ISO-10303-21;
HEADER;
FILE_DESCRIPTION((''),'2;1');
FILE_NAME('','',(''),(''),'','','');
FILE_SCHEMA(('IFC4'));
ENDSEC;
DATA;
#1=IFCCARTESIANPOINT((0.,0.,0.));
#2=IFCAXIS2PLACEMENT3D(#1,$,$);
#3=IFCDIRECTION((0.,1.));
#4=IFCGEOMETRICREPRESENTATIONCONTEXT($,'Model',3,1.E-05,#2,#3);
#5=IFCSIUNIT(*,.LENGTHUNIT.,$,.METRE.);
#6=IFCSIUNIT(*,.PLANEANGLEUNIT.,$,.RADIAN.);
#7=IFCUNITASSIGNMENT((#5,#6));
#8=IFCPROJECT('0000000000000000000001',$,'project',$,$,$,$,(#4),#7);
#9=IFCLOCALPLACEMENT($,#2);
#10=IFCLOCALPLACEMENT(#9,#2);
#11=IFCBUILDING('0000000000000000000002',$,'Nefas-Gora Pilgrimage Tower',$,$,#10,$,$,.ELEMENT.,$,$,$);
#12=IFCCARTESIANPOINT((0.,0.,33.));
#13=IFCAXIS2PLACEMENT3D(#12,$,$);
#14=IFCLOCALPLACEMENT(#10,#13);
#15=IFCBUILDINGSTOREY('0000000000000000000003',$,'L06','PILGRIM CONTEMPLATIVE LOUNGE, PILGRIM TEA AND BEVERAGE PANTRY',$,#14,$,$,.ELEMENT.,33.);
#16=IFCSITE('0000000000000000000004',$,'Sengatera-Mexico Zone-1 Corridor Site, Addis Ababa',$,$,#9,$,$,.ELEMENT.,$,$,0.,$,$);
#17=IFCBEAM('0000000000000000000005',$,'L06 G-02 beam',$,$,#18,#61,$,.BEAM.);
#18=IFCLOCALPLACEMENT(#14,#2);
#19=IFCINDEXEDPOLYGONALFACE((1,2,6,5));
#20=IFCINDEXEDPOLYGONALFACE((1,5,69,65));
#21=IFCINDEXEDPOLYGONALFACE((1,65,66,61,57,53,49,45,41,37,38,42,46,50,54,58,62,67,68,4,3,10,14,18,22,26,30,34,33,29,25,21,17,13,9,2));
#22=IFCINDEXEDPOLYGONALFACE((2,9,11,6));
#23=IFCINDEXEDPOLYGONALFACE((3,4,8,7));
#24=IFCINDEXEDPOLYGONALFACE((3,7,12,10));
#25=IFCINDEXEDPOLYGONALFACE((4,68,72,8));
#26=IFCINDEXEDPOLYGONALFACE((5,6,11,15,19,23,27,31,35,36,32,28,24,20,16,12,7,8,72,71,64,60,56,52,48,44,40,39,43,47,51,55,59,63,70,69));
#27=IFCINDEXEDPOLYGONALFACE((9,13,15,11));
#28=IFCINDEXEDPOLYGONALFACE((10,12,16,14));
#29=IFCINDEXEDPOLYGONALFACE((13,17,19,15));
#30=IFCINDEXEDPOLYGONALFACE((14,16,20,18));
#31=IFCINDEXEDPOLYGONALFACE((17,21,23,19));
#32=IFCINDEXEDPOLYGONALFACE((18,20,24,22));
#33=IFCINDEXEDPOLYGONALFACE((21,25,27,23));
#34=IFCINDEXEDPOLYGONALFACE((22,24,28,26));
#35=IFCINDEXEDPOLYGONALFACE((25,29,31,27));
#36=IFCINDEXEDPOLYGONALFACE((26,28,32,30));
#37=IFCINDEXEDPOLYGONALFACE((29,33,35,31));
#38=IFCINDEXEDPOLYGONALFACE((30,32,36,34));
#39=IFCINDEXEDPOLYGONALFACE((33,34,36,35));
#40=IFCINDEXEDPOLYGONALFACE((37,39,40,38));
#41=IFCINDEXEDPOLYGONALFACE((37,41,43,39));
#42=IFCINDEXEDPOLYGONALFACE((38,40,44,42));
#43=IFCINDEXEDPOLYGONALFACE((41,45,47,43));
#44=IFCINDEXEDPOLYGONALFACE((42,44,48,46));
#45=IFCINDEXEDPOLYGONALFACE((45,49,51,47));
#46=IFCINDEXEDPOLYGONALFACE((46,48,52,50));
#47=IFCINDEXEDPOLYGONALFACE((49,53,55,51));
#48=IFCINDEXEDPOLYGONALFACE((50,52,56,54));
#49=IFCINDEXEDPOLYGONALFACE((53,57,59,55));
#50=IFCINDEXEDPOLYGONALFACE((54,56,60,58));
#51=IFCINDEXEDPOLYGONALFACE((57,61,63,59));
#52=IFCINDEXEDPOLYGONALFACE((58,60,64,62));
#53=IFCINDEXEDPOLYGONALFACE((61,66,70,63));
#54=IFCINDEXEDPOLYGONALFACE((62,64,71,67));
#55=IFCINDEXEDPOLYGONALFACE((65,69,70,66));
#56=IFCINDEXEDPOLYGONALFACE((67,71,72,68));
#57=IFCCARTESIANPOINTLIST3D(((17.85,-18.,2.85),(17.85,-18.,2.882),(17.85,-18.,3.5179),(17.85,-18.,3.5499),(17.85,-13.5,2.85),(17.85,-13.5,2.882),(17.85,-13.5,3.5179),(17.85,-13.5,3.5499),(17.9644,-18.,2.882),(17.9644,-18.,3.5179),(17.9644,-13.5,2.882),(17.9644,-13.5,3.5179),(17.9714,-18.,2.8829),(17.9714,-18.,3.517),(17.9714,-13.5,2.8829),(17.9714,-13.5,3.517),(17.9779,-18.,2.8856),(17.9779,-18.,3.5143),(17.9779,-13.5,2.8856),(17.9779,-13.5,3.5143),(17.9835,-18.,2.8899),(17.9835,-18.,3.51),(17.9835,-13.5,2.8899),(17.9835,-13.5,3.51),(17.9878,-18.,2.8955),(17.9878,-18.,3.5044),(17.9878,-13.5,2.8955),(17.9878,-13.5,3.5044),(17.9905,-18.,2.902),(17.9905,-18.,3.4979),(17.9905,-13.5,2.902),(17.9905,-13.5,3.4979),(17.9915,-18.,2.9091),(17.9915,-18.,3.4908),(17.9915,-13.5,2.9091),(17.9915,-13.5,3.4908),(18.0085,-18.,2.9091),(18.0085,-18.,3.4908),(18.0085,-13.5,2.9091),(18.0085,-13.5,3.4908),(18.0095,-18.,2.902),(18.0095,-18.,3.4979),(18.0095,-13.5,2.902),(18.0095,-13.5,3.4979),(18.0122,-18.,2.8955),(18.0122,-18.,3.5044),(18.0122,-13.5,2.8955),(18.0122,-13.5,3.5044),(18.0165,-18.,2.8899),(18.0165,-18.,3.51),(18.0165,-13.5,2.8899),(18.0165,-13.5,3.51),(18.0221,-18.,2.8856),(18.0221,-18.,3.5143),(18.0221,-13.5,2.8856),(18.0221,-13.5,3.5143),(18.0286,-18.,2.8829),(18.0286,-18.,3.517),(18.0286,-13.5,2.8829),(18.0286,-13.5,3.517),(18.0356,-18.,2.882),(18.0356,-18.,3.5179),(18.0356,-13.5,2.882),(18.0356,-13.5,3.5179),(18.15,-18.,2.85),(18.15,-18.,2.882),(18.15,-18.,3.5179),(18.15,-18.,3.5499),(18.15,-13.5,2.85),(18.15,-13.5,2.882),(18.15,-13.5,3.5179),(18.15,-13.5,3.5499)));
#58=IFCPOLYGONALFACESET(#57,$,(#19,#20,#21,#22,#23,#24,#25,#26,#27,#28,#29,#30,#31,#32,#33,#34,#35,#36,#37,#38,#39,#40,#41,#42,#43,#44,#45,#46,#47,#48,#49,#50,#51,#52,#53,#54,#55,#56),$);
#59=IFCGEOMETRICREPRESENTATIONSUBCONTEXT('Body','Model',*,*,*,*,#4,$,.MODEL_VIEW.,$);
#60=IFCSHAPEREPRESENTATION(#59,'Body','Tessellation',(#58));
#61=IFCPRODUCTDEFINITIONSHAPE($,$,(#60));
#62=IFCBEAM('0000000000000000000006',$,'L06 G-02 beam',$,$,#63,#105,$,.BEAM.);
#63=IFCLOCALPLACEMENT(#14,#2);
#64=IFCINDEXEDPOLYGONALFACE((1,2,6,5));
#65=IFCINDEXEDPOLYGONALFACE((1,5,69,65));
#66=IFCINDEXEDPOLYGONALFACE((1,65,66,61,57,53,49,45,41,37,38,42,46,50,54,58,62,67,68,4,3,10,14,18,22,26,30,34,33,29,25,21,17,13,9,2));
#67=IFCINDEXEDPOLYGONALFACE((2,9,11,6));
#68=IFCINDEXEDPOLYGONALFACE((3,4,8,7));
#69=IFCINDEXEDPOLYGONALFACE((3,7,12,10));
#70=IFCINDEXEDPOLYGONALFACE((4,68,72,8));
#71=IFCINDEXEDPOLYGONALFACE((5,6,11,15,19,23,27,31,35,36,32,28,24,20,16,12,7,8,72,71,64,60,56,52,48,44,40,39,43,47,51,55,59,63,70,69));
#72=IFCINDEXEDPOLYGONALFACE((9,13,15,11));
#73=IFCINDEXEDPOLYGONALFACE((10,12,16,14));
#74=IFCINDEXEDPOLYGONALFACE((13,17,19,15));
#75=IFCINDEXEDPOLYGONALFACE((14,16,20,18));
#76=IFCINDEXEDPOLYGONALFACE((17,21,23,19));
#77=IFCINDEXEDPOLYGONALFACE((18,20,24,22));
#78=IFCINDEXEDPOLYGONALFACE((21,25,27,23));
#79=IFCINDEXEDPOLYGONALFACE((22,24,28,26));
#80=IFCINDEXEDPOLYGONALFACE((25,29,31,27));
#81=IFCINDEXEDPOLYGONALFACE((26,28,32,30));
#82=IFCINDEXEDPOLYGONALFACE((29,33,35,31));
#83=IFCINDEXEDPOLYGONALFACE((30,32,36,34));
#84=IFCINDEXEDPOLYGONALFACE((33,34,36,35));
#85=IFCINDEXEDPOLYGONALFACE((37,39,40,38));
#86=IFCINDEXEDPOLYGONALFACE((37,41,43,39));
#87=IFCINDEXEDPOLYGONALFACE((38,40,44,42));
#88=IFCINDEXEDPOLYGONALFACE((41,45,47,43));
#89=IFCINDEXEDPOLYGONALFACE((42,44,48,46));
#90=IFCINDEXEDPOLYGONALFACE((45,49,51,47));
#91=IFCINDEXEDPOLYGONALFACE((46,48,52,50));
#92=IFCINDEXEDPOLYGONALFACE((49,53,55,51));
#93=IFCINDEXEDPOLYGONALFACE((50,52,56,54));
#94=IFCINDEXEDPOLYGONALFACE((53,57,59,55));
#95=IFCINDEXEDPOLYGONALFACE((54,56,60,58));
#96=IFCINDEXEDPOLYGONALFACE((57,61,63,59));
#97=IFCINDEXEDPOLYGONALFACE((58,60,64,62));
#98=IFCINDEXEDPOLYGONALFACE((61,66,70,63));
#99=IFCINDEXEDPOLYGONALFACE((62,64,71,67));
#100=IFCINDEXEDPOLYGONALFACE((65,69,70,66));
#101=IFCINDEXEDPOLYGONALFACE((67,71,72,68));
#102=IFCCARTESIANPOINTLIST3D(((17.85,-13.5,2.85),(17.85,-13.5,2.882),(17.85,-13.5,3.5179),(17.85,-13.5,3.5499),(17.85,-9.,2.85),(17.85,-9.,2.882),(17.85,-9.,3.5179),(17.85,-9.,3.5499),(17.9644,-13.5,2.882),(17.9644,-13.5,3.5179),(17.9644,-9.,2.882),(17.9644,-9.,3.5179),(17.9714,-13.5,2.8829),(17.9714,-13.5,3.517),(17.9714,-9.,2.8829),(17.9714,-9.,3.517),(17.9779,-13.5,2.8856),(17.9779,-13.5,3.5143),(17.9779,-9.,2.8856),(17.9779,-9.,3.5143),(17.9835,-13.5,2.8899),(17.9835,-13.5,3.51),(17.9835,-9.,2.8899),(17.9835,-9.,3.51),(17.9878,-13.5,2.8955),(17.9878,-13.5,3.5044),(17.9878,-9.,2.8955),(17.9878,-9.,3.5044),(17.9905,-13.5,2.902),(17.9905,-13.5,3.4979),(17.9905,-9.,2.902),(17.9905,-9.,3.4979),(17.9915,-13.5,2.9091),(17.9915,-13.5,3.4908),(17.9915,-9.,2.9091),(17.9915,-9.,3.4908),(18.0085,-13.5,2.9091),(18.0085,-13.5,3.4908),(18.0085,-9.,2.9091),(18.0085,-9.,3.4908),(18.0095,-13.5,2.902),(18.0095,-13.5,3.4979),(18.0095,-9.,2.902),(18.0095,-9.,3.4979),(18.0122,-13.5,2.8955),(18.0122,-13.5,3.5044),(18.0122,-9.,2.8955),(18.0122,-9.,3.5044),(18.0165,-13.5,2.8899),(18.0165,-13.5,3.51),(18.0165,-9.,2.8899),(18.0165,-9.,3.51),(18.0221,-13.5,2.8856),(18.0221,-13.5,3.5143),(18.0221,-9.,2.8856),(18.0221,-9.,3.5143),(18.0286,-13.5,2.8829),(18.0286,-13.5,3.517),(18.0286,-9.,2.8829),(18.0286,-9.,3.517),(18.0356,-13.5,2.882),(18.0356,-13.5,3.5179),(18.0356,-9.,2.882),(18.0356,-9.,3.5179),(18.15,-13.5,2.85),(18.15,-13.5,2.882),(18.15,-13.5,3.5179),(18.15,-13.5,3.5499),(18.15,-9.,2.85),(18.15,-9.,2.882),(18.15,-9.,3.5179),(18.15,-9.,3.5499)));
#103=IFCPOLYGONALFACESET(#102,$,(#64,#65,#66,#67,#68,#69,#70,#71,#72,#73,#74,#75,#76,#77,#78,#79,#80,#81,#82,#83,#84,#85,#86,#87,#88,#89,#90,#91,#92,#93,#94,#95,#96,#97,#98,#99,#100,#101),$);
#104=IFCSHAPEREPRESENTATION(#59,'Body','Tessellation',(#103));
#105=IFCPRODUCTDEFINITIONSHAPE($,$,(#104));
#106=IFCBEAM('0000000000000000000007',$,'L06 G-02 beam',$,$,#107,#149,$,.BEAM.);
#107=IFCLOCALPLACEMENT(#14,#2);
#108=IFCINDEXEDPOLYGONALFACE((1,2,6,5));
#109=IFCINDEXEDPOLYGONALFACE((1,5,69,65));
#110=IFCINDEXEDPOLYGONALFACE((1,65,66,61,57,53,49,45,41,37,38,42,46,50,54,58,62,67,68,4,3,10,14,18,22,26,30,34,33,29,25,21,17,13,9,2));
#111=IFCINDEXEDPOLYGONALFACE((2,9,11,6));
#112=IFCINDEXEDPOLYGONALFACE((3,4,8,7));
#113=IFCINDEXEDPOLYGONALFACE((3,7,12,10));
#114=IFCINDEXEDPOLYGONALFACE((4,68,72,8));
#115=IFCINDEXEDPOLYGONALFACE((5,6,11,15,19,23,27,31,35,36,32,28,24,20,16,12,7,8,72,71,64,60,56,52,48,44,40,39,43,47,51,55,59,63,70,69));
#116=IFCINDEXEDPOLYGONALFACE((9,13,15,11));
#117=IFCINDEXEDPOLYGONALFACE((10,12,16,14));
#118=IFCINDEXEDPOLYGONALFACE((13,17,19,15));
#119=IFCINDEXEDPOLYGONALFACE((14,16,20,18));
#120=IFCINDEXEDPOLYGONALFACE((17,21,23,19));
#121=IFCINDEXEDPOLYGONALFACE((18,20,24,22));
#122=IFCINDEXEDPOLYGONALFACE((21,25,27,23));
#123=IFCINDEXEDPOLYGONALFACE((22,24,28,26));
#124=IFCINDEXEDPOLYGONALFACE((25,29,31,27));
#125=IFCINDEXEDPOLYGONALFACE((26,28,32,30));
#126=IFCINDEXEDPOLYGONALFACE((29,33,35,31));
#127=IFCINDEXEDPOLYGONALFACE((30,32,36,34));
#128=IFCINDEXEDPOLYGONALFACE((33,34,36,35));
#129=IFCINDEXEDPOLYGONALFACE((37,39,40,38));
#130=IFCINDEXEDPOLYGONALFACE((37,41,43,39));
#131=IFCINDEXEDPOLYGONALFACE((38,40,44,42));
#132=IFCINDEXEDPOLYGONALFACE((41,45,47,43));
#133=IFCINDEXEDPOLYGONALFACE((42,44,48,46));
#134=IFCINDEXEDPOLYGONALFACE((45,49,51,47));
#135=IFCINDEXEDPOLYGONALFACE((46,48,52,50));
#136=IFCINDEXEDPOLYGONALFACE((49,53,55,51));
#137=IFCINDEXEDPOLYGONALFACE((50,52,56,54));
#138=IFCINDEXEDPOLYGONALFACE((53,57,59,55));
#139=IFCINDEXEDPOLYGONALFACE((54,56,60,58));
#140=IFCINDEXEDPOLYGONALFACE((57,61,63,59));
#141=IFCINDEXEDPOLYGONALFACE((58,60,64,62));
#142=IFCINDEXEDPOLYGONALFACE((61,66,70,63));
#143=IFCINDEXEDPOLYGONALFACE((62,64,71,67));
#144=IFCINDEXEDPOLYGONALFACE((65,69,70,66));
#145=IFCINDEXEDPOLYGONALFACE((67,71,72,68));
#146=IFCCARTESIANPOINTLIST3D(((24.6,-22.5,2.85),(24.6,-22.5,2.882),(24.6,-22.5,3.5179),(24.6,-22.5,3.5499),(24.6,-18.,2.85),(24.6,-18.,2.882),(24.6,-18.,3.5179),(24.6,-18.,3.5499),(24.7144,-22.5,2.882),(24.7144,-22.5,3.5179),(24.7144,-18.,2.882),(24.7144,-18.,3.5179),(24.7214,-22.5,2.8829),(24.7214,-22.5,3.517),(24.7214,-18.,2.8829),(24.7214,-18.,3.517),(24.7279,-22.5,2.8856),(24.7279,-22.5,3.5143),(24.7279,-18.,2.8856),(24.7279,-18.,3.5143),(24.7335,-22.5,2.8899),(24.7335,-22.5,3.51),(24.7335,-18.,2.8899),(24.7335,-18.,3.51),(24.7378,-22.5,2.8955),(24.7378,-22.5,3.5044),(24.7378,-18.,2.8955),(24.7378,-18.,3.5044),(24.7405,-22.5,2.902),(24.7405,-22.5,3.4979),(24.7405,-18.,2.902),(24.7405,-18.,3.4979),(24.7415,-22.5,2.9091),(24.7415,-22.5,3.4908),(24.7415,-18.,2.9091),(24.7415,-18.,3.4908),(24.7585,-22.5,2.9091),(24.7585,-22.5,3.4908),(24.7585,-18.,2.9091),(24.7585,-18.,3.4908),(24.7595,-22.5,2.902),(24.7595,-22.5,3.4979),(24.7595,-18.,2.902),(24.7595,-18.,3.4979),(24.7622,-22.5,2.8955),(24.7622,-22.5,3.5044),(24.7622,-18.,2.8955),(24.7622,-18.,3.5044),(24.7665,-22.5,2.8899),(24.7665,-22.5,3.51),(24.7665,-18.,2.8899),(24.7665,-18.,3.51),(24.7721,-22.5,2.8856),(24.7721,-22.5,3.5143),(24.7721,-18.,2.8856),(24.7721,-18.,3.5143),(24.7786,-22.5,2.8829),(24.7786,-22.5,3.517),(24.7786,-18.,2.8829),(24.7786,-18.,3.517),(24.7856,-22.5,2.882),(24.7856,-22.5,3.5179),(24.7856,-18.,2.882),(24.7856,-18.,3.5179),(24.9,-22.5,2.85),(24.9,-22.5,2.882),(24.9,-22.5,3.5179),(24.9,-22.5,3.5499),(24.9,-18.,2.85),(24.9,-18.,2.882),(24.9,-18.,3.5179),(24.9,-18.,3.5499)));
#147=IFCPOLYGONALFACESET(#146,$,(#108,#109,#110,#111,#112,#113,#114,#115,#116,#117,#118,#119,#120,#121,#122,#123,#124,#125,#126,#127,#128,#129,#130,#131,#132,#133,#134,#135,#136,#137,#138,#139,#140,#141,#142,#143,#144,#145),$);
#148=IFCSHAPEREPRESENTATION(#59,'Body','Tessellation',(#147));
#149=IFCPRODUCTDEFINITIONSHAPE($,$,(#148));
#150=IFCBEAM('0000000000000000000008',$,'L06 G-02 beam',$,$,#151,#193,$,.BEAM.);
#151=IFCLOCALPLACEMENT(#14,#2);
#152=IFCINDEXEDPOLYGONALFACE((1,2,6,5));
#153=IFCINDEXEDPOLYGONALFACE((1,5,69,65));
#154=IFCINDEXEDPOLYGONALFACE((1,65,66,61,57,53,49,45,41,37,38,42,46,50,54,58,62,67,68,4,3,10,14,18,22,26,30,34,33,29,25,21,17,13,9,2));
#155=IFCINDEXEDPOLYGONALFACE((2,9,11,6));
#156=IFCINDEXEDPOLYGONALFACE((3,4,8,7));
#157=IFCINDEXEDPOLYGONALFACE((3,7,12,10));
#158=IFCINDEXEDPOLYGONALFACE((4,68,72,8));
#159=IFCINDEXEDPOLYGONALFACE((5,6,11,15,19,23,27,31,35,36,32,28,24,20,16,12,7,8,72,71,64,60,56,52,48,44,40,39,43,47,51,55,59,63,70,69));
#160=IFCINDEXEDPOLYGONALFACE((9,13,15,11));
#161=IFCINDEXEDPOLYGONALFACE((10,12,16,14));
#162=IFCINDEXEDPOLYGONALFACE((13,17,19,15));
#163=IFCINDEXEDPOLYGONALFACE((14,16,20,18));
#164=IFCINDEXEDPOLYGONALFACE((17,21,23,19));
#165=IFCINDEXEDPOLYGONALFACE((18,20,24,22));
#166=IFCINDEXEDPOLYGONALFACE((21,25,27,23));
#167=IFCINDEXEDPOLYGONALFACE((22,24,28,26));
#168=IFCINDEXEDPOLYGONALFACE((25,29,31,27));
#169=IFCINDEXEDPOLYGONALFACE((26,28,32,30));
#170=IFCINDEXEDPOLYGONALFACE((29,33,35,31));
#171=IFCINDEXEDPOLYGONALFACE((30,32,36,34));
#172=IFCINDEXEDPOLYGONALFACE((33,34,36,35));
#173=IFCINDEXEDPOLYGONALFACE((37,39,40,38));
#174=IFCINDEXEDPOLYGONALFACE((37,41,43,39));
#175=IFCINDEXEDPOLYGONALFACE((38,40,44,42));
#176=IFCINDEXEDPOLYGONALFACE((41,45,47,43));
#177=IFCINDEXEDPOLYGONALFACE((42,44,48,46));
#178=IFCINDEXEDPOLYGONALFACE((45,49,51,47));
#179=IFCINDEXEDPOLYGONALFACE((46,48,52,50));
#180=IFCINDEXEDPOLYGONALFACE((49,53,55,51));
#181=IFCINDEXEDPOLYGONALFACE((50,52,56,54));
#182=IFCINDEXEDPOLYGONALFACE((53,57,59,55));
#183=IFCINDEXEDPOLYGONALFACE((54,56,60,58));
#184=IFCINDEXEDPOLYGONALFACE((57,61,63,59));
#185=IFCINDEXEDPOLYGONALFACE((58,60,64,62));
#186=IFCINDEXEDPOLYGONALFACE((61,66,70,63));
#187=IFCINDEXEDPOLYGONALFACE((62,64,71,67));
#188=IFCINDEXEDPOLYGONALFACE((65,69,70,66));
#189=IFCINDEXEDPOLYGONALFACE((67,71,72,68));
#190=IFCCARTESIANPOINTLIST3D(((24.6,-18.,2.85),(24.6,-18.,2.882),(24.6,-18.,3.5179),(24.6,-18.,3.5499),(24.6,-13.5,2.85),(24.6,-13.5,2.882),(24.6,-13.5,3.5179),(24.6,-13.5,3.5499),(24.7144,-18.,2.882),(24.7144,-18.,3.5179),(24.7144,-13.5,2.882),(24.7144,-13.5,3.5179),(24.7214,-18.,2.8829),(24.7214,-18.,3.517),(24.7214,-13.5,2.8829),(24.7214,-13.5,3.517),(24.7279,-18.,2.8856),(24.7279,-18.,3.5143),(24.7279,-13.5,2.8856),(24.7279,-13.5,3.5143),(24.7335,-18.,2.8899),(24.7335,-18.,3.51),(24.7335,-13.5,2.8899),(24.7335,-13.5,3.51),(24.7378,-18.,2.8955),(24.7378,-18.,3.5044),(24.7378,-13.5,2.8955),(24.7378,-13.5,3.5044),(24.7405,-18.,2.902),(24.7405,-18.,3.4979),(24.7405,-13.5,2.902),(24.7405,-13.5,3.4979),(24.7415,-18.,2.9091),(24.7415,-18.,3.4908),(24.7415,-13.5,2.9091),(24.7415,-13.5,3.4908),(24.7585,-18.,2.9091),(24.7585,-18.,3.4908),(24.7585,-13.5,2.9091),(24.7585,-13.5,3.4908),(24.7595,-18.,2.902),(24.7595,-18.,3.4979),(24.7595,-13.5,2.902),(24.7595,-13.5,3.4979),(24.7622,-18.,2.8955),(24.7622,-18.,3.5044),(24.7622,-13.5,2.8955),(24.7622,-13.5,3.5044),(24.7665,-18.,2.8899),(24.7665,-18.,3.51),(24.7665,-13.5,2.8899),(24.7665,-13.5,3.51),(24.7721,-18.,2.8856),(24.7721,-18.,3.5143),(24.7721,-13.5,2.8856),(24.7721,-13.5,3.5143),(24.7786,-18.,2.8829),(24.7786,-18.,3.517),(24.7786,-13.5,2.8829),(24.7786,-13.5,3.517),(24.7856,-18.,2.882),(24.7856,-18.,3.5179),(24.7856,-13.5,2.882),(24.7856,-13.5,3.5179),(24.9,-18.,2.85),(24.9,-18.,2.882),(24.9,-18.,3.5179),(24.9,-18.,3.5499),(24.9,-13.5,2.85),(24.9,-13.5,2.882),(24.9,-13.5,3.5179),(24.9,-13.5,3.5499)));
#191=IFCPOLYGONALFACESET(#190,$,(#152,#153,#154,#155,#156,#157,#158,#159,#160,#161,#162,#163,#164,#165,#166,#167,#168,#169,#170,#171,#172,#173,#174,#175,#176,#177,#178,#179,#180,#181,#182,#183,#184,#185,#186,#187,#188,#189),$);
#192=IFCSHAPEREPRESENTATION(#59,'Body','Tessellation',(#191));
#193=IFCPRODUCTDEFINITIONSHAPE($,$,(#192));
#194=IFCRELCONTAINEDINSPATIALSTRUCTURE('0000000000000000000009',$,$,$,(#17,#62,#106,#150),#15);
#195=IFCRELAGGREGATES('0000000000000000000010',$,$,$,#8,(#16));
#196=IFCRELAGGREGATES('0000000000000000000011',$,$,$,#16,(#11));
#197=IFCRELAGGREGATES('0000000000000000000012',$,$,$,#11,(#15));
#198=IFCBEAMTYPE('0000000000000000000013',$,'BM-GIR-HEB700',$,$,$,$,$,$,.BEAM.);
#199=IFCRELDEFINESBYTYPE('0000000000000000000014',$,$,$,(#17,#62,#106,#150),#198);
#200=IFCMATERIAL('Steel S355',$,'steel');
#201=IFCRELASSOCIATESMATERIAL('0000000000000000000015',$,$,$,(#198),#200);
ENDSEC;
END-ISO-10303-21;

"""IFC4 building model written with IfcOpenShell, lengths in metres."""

from ifc_helpers import new_model, si_unit, direction, frame, origin, origin_2d, place, context, subcontext, project, spatial, i_section, extrude, source, transform, mapped, material, material_profile, profile_set, type_object, element, save


model = new_model("IFC4")

# Units and contexts
model_context = context("Model", 3, precision=1e-05, world=origin(), true_north=direction((0.0, 1.0)))
body_context = subcontext(model_context, "Body", "Model", "MODEL_VIEW")
ifc_project = project(units=[si_unit("LENGTHUNIT", "METRE"), si_unit("PLANEANGLEUNIT", "RADIAN")], contexts=[model_context])

# Site, building, storey
site_placement = place(None, origin())
site = spatial("IfcSite", under=ifc_project, at=site_placement, Name="Sengatera-Mexico Zone-1 Corridor Site, Addis Ababa", CompositionType="ELEMENT", RefElevation=0.0)
building_placement = place(site_placement, origin())
building = spatial("IfcBuilding", under=site, at=building_placement, Name="Nefas-Gora Pilgrimage Tower", CompositionType="ELEMENT")
storey_placement = place(building_placement, frame((0.0, 0.0, 33.0)))
storey = spatial("IfcBuildingStorey", under=building, at=storey_placement, Name="L06", Description="PILGRIM CONTEMPLATIVE LOUNGE, PILGRIM TEA AND BEVERAGE PANTRY", CompositionType="ELEMENT", Elevation=33.0)

# Beams
ifc_material_1 = material(Name="Steel S355", Category="steel")
ifc_material_profile_1 = material_profile(ifc_material_1, i_section(OverallWidth=0.3, OverallDepth=0.7, WebThickness=0.0171, FlangeThickness=0.032, FilletRadius=0.0271, at=origin_2d()), Name="HEB 700")
ifc_profile_set_1 = profile_set([ifc_material_profile_1], Name="Steel S355")
beam_type_1 = type_object("IfcBeamType", Name="BM-GIR-HEB700", PredefinedType="BEAM", material=ifc_profile_set_1)
shared_shape_1 = source(origin(), body_context, "Body", "SweptSolid", [
    extrude(i_section(OverallWidth=0.3, OverallDepth=0.7, WebThickness=0.0171, FlangeThickness=0.032, FilletRadius=0.0271, at=origin_2d()), origin(), (0.0, 0.0, 1.0), 4.5),
])
for number, where, z_axis, x_axis, name in (
    (1, (18.0, -18.0, 3.2), (0.0, 1.0, 0.0), (-1.0, 0.0, 0.0), "L06 G-02 beam"),
    (2, (18.0, -13.5, 3.2), (0.0, 1.0, 0.0), (-1.0, 0.0, 0.0), "L06 G-02 beam"),
    (3, (24.75, -22.5, 3.2), (0.0, 1.0, 0.0), (-1.0, 0.0, 0.0), "L06 G-02 beam"),
    (4, (24.75, -18.0, 3.2), (0.0, 1.0, 0.0), (-1.0, 0.0, 0.0), "L06 G-02 beam"),
):
    element("IfcBeam", number, at=place(storey_placement, frame(where, z_axis=z_axis, x_axis=x_axis)), inside=storey, type_object=beam_type_1, Name=name, PredefinedType="BEAM", context=body_context, shape_type="MappedRepresentation", body=[
        mapped(shared_shape_1, transform((0.0, 0.0, 0.0), x_axis=(1.0, 0.0, 0.0), y_axis=(0.0, 1.0, 0.0), z_axis=(0.0, 0.0, 1.0), scale=1.0)),
    ])

save(model, "model.ifc")
